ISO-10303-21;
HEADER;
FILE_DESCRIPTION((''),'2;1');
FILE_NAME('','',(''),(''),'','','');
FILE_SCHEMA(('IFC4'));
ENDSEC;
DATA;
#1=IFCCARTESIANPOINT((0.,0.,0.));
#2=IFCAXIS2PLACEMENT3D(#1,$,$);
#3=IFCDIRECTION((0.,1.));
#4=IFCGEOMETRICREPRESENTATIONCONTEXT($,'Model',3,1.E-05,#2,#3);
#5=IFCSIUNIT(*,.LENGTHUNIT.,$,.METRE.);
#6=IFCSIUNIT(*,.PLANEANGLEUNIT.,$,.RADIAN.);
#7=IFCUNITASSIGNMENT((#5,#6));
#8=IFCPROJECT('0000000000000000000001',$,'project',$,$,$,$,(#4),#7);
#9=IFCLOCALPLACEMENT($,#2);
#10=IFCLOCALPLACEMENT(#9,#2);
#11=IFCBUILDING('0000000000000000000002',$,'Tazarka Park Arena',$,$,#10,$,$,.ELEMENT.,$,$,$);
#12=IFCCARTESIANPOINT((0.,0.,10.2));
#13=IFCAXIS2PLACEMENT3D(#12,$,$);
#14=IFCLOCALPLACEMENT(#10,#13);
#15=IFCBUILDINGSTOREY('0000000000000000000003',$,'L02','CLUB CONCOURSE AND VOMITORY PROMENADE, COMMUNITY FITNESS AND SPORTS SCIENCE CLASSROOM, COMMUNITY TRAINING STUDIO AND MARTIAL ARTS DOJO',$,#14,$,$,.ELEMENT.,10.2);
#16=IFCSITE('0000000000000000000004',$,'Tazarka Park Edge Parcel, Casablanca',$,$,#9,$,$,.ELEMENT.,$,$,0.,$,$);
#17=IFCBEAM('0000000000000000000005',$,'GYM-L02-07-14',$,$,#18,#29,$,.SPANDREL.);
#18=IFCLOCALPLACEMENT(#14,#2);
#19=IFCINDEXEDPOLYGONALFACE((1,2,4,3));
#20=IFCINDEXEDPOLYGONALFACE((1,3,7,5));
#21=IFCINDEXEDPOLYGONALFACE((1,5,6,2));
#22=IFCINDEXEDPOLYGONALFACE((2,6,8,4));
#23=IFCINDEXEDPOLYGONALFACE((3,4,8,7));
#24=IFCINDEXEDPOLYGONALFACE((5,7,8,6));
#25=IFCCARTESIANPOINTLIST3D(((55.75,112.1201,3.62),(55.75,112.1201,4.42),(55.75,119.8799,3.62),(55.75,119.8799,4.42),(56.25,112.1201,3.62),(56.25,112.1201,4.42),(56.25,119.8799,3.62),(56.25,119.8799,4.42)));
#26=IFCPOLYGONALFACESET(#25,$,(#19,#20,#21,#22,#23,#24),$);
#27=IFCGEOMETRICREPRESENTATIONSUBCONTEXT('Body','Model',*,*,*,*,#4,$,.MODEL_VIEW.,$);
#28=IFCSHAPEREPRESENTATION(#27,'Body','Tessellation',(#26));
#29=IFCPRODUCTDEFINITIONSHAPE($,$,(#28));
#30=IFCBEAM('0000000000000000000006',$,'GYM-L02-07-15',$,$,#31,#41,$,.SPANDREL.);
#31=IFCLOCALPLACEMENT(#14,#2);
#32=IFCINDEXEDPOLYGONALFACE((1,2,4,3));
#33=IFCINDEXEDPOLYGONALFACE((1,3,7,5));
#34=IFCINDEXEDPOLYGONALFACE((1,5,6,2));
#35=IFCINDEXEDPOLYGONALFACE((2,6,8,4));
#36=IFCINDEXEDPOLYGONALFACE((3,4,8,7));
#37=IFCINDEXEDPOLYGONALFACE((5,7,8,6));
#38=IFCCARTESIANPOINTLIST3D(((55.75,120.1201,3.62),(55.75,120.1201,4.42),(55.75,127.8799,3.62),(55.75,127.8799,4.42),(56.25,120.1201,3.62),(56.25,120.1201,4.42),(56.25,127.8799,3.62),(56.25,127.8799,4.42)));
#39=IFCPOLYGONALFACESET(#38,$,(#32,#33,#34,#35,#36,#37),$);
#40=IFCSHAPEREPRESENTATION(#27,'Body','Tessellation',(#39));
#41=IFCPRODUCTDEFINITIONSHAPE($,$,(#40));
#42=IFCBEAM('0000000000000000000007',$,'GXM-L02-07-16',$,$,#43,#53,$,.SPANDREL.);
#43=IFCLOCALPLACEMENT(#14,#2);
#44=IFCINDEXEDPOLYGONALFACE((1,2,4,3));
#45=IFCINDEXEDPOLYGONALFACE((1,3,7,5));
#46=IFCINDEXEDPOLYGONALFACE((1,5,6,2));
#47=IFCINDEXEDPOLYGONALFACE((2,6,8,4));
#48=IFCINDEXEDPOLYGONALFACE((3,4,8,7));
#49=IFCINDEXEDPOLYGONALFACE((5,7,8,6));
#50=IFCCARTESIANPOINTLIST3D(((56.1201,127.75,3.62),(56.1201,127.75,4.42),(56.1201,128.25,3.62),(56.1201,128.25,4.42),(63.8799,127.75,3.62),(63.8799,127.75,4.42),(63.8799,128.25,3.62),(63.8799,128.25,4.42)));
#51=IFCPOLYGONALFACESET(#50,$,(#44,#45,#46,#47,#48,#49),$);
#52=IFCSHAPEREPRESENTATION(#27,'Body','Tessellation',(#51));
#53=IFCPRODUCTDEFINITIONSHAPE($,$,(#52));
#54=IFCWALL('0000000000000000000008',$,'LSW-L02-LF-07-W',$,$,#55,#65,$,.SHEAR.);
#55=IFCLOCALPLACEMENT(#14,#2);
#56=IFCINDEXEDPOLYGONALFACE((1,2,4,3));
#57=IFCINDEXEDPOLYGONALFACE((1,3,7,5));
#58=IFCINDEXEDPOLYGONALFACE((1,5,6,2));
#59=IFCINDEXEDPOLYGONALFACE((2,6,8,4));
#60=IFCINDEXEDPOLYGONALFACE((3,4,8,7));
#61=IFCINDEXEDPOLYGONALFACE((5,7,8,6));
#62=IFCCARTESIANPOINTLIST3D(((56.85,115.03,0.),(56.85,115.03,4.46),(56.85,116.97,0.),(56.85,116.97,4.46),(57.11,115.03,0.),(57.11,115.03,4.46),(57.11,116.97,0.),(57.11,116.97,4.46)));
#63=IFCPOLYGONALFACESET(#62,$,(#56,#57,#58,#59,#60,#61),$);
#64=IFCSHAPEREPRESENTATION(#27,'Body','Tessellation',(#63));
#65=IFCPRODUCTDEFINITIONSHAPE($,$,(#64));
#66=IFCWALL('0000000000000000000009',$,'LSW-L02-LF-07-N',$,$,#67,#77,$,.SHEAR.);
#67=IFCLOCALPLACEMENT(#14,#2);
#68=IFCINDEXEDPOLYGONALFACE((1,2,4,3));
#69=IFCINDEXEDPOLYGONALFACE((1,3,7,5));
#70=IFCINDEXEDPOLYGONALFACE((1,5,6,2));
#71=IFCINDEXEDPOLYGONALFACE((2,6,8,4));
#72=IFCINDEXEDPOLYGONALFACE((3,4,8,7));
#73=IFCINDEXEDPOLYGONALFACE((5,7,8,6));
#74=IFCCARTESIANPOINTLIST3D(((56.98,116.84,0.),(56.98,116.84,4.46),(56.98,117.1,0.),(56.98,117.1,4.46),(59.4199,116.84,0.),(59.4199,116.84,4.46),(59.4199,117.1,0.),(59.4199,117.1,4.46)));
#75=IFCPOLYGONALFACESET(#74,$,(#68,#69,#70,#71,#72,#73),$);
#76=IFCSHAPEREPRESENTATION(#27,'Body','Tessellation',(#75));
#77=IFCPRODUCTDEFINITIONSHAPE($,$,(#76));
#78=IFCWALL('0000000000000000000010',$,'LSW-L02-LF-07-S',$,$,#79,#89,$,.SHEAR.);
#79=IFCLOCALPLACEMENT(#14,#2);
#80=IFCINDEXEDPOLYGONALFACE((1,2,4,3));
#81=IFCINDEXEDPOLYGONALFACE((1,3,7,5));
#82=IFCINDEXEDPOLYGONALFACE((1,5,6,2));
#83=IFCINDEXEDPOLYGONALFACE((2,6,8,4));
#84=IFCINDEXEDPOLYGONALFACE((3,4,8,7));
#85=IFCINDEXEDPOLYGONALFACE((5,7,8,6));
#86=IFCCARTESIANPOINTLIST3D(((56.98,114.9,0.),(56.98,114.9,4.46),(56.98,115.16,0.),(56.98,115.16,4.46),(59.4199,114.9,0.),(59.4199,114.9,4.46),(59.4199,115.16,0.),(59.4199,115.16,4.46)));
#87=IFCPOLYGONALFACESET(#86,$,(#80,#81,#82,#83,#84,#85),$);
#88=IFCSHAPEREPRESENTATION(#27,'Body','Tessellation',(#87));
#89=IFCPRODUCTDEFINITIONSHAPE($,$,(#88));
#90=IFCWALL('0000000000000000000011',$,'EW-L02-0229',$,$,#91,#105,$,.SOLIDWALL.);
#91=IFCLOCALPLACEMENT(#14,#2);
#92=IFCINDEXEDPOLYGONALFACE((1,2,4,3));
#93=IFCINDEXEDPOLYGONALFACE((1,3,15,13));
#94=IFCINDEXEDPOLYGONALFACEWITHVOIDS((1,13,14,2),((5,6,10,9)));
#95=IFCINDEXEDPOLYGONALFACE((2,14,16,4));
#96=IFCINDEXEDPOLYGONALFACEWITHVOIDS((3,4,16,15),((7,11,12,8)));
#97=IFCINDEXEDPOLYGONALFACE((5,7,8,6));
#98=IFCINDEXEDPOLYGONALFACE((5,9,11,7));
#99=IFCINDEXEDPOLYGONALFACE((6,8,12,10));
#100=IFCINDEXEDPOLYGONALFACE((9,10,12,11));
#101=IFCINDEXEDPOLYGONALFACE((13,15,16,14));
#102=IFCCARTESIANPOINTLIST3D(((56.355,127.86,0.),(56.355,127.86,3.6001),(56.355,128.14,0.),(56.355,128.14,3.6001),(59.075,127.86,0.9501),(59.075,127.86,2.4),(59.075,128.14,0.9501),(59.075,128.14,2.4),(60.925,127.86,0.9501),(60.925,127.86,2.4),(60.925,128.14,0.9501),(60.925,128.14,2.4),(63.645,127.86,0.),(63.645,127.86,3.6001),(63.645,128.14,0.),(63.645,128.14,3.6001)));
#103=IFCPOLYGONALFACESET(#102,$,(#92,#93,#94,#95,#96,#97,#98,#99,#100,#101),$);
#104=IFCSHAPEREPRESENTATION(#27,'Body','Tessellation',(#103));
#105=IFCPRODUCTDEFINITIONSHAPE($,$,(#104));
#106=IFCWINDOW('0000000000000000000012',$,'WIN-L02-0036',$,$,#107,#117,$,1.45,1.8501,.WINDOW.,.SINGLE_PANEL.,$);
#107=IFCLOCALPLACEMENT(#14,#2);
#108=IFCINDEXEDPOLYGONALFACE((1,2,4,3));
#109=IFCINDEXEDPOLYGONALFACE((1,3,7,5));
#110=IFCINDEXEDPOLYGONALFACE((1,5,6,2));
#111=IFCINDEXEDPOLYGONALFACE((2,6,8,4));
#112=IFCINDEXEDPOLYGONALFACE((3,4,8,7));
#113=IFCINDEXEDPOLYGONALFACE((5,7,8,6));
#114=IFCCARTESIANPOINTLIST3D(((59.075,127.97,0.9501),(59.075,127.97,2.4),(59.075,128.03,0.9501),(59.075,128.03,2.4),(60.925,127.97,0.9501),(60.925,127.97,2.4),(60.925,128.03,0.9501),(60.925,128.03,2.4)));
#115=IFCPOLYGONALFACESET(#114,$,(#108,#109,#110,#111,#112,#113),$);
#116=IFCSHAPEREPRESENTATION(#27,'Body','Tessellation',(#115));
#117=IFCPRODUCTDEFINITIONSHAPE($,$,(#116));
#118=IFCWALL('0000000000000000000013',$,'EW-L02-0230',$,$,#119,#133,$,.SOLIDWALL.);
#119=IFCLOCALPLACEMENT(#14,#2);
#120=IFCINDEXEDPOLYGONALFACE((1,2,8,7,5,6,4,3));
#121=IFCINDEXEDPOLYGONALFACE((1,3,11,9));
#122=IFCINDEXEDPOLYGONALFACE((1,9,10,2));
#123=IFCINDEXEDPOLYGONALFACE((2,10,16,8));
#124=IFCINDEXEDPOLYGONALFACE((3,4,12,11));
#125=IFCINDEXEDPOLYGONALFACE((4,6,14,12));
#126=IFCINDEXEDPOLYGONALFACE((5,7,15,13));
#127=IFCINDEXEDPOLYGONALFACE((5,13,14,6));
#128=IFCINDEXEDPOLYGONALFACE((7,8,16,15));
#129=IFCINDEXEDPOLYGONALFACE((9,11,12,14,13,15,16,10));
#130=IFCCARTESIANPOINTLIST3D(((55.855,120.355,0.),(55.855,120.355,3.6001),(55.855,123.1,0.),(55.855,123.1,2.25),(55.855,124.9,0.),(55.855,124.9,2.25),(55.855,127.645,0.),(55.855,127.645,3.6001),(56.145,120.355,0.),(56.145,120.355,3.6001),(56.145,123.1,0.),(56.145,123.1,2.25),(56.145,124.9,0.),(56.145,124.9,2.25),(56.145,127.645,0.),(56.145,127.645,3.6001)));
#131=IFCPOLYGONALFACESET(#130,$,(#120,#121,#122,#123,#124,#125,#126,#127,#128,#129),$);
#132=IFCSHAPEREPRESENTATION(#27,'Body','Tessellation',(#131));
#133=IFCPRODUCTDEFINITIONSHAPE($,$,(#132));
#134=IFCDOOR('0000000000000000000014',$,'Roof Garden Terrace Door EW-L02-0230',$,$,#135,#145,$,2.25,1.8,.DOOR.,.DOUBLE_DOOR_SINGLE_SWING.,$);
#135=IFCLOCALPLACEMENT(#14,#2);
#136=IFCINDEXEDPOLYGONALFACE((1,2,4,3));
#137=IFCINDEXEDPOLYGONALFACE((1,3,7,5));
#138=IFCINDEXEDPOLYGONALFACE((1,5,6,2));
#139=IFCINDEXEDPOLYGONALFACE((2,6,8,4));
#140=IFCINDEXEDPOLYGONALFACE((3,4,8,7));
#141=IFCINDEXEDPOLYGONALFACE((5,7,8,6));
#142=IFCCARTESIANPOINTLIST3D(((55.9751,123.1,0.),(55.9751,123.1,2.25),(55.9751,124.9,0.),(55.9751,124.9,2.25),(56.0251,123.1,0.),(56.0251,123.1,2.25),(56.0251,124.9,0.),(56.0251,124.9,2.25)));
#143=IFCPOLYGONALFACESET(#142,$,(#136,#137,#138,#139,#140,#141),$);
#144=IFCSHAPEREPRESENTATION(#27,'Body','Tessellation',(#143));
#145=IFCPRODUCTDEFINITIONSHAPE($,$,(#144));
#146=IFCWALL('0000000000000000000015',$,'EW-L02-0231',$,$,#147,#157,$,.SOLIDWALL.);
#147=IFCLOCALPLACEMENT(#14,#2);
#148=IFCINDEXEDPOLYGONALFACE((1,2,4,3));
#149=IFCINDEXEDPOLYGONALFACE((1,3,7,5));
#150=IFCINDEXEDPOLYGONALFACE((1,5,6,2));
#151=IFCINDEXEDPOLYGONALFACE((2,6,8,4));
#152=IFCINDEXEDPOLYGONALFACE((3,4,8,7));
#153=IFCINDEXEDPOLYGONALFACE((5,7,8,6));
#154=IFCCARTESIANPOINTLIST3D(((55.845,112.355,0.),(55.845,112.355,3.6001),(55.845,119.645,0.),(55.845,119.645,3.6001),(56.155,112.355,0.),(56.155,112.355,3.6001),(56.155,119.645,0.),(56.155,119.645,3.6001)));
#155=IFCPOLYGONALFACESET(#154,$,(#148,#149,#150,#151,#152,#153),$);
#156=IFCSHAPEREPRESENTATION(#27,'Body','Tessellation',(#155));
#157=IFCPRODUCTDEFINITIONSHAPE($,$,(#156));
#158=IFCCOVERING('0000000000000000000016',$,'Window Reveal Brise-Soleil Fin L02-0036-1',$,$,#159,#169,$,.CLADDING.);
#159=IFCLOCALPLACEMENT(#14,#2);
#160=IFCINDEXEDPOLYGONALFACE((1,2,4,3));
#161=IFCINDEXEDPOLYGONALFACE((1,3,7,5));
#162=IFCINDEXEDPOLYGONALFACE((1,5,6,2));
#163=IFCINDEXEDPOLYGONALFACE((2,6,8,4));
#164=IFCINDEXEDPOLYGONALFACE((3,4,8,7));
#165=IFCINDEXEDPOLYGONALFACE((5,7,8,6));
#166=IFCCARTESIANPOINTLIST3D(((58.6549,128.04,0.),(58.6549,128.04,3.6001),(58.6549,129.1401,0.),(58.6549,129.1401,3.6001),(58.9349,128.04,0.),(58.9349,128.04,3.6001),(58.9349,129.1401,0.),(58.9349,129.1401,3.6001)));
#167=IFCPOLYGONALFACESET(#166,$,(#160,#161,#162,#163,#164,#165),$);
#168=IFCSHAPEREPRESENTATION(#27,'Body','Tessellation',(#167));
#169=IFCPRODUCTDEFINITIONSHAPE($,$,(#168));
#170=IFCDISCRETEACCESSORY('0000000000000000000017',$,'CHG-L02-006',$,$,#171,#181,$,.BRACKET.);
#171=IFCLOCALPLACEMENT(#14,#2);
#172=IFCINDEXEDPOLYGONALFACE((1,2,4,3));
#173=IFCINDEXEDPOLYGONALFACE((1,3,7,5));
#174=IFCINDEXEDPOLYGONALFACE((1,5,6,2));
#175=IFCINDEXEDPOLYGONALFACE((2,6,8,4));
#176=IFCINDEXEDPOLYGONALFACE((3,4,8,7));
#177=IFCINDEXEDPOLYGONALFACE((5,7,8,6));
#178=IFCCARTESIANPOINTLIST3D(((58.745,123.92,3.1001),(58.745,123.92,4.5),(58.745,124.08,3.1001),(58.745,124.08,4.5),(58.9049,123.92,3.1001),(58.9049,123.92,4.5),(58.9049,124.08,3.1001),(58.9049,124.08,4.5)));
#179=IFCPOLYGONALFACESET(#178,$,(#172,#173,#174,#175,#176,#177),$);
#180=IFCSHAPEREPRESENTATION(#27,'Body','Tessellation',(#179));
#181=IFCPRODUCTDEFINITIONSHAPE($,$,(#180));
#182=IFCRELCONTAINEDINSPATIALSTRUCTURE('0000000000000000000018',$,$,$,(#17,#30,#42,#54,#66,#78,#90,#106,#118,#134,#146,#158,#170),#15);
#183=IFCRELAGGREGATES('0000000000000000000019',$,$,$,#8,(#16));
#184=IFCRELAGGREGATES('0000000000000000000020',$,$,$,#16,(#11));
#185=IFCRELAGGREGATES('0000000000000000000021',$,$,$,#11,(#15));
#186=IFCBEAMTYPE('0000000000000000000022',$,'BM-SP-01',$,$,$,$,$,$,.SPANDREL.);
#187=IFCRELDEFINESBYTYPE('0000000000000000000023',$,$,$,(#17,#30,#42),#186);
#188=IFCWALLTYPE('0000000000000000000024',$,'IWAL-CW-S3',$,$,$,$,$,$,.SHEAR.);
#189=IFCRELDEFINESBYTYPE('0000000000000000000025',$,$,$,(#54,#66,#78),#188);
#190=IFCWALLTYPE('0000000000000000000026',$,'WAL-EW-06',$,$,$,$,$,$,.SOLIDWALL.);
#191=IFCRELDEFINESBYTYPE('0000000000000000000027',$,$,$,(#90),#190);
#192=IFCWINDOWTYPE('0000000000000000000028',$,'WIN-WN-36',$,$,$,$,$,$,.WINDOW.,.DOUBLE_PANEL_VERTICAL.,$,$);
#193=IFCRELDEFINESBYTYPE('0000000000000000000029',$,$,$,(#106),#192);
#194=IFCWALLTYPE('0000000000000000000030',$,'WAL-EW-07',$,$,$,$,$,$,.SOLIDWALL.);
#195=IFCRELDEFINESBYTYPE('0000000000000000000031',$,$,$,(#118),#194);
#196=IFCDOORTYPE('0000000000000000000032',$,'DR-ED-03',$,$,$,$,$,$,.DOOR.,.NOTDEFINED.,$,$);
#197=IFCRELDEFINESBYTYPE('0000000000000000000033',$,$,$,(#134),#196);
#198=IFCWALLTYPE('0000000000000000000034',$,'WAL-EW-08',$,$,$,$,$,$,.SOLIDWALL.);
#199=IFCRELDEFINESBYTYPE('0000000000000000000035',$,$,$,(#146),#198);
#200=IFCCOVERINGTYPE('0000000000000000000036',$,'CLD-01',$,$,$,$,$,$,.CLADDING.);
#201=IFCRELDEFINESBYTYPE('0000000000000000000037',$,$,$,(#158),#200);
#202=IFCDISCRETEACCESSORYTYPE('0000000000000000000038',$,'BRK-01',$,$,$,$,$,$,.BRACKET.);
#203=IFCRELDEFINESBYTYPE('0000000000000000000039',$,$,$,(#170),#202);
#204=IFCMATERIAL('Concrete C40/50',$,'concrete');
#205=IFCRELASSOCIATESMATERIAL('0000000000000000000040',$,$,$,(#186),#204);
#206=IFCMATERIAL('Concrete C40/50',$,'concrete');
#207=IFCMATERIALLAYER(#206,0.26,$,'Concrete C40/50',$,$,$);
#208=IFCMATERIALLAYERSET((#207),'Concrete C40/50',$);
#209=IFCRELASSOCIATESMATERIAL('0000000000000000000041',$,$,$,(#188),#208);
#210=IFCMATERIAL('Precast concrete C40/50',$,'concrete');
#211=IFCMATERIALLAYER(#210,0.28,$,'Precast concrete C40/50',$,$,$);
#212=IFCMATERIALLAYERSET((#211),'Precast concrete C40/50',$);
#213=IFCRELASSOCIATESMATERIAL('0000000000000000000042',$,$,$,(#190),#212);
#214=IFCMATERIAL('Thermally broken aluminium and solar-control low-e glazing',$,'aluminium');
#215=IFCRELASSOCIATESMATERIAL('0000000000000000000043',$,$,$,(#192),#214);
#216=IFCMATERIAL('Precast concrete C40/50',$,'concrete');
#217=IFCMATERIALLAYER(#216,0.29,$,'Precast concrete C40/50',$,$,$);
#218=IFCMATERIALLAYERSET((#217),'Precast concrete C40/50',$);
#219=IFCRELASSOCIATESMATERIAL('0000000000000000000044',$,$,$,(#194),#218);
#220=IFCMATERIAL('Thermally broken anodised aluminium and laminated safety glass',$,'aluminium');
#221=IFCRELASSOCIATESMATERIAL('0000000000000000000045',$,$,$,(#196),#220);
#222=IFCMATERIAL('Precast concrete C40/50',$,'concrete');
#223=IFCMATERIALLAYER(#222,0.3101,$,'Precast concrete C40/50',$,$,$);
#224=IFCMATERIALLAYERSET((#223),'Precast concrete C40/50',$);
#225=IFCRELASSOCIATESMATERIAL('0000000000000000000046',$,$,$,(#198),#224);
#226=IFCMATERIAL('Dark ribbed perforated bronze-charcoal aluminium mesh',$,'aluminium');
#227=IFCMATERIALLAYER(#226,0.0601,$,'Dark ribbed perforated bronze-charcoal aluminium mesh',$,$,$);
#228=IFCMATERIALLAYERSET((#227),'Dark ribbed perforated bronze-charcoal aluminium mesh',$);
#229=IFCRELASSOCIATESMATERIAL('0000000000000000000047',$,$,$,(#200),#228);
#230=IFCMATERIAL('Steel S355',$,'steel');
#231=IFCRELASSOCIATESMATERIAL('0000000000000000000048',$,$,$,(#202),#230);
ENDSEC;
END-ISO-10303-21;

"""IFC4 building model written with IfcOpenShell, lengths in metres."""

from ifc_helpers import new_model, si_unit, direction, frame, frame_2d, origin, origin_2d, place, context, subcontext, project, spatial, rectangle, extrude, material, layer, layer_set, material_profile, profile_set, type_object, element, fill, save


model = new_model("IFC4")

# Units and contexts
model_context = context("Model", 3, precision=1e-05, world=origin(), true_north=direction((0.0, 1.0)))
body_context = subcontext(model_context, "Body", "Model", "MODEL_VIEW")
ifc_project = project(units=[si_unit("LENGTHUNIT", "METRE"), si_unit("PLANEANGLEUNIT", "RADIAN")], contexts=[model_context])

# Site, building, storey
site_placement = place(None, origin())
site = spatial("IfcSite", under=ifc_project, at=site_placement, Name="Tazarka Park Edge Parcel, Casablanca", CompositionType="ELEMENT", RefElevation=0.0)
building_placement = place(site_placement, origin())
building = spatial("IfcBuilding", under=site, at=building_placement, Name="Tazarka Park Arena", CompositionType="ELEMENT")
storey_placement = place(building_placement, frame((0.0, 0.0, 10.2)))
storey = spatial("IfcBuildingStorey", under=building, at=storey_placement, Name="L02", Description="CLUB CONCOURSE AND VOMITORY PROMENADE, COMMUNITY FITNESS AND SPORTS SCIENCE CLASSROOM, COMMUNITY TRAINING STUDIO AND MARTIAL ARTS DOJO", CompositionType="ELEMENT", Elevation=10.2)

# Beams
ifc_material_1 = material(Name="Concrete C40/50", Category="concrete")
ifc_material_profile_1 = material_profile(ifc_material_1, rectangle(XDim=0.5, YDim=0.8, at=origin_2d()), Name="Concrete C40/50")
ifc_profile_set_1 = profile_set([ifc_material_profile_1], Name="Concrete C40/50")
beam_type_1 = type_object("IfcBeamType", Name="BM-SP-01", PredefinedType="SPANDREL", material=ifc_profile_set_1)
for number, where, z_axis, x_axis, name in (
    (1, (56.0, 112.1201, 4.02), (0.0, 1.0, 0.0), (-1.0, 0.0, 0.0), "GYM-L02-07-14"),
    (2, (56.0, 120.1201, 4.02), (0.0, 1.0, 0.0), (-1.0, 0.0, 0.0), "GYM-L02-07-15"),
    (3, (56.1201, 128.0, 4.02), (1.0, 0.0, 0.0), (0.0, 1.0, 0.0), "GXM-L02-07-16"),
):
    element("IfcBeam", number, at=place(storey_placement, frame(where, z_axis=z_axis, x_axis=x_axis)), inside=storey, type_object=beam_type_1, Name=name, PredefinedType="SPANDREL", context=body_context, shape_type="SweptSolid", body=[
        extrude(rectangle(XDim=0.5, YDim=0.8, at=origin_2d()), origin(), (0.0, 0.0, 1.0), 7.7598),
    ])

# Walls
ifc_material_2 = material(Name="Concrete C40/50", Category="concrete")
ifc_layer_1 = layer(ifc_material_2, 0.26, Name="Concrete C40/50")
ifc_layer_set_1 = layer_set([ifc_layer_1], Name="Concrete C40/50")
wall_type_1 = type_object("IfcWallType", Name="IWAL-CW-S3", PredefinedType="SHEAR", material=ifc_layer_set_1)
wall_1_placement = place(storey_placement, frame((56.98, 115.03, 0.0), z_axis=(0.0, 0.0, 1.0), x_axis=(0.0, 1.0, 0.0)))
element("IfcWall", 4, at=wall_1_placement, inside=storey, type_object=wall_type_1, Name="LSW-L02-LF-07-W", PredefinedType="SHEAR", context=body_context, shape_type="SweptSolid", body=[
    extrude(rectangle(XDim=1.9399, YDim=0.26, at=frame_2d((0.97, 0.0))), origin(), (0.0, 0.0, 1.0), 4.46),
])
for number, where, z_axis, x_axis, name in (
    (5, (56.98, 116.97, 0.0), (0.0, 0.0, 1.0), (1.0, 0.0, 0.0), "LSW-L02-LF-07-N"),
    (6, (59.4199, 115.03, 0.0), (0.0, 0.0, 1.0), (-1.0, 0.0, 0.0), "LSW-L02-LF-07-S"),
):
    element("IfcWall", number, at=place(storey_placement, frame(where, z_axis=z_axis, x_axis=x_axis)), inside=storey, type_object=wall_type_1, Name=name, PredefinedType="SHEAR", context=body_context, shape_type="SweptSolid", body=[
        extrude(rectangle(XDim=2.4399, YDim=0.26, at=frame_2d((1.22, 0.0))), origin(), (0.0, 0.0, 1.0), 4.46),
    ])

# Wall, opening, window
ifc_material_3 = material(Name="Precast concrete C40/50", Category="concrete")
ifc_layer_2 = layer(ifc_material_3, 0.28, Name="Precast concrete C40/50")
ifc_layer_set_2 = layer_set([ifc_layer_2], Name="Precast concrete C40/50")
wall_type_2 = type_object("IfcWallType", Name="WAL-EW-06", PredefinedType="SOLIDWALL", material=ifc_layer_set_2)
wall_2_placement = place(storey_placement, frame((56.355, 128.0, 0.0), z_axis=(0.0, 0.0, 1.0), x_axis=(1.0, 0.0, 0.0)))
wall_2 = element("IfcWall", 7, at=wall_2_placement, inside=storey, type_object=wall_type_2, Name="EW-L02-0229", PredefinedType="SOLIDWALL", context=body_context, shape_type="SweptSolid", body=[
    extrude(rectangle(XDim=7.29, YDim=0.28, at=frame_2d((3.645, 0.0))), origin(), (0.0, 0.0, 1.0), 3.6001),
])
opening_1_placement = place(wall_2_placement, frame((2.72, 0.0, 0.95)))
opening_1 = element("IfcOpeningElement", 8, at=opening_1_placement, cuts=wall_2, PredefinedType="OPENING", context=body_context, shape_type="SweptSolid", body=[
    extrude(rectangle(XDim=1.8501, YDim=1.45, at=frame_2d((0.925, 0.7251))), frame((0.0, 0.1499, 0.0), z_axis=(0.0, -1.0, 0.0), x_axis=(1.0, 0.0, 0.0)), (0.0, 0.0, 1.0), 0.3),
])
ifc_material_4 = material(Name="Thermally broken aluminium and solar-control low-e glazing", Category="aluminium")
window_type = type_object("IfcWindowType", Name="WIN-WN-36", PartitioningType="DOUBLE_PANEL_VERTICAL", PredefinedType="WINDOW", material=ifc_material_4)
window_placement = place(opening_1_placement, origin())
window = element("IfcWindow", 9, at=window_placement, inside=storey, type_object=window_type, Name="WIN-L02-0036", OverallHeight=1.45, OverallWidth=1.8501, PartitioningType="SINGLE_PANEL", PredefinedType="WINDOW", context=body_context, shape_type="SweptSolid", body=[
    extrude(rectangle(XDim=1.8501, YDim=1.45, at=frame_2d((0.925, 0.7251))), frame((0.0, 0.03, 0.0), z_axis=(0.0, -1.0, 0.0), x_axis=(1.0, 0.0, 0.0)), (0.0, 0.0, 1.0), 0.0601),
])
fill(opening_1, window)

# Wall, opening, door
ifc_material_5 = material(Name="Precast concrete C40/50", Category="concrete")
ifc_layer_3 = layer(ifc_material_5, 0.29, Name="Precast concrete C40/50")
ifc_layer_set_3 = layer_set([ifc_layer_3], Name="Precast concrete C40/50")
wall_type_3 = type_object("IfcWallType", Name="WAL-EW-07", PredefinedType="SOLIDWALL", material=ifc_layer_set_3)
wall_3_placement = place(storey_placement, frame((56.0, 120.355, 0.0), z_axis=(0.0, 0.0, 1.0), x_axis=(0.0, 1.0, 0.0)))
wall_3 = element("IfcWall", 10, at=wall_3_placement, inside=storey, type_object=wall_type_3, Name="EW-L02-0230", PredefinedType="SOLIDWALL", context=body_context, shape_type="SweptSolid", body=[
    extrude(rectangle(XDim=7.29, YDim=0.29, at=frame_2d((3.645, 0.0))), origin(), (0.0, 0.0, 1.0), 3.6001),
])
opening_2_placement = place(wall_3_placement, frame((2.7451, 0.0, 0.0)))
opening_2 = element("IfcOpeningElement", 11, at=opening_2_placement, cuts=wall_3, PredefinedType="OPENING", context=body_context, shape_type="SweptSolid", body=[
    extrude(rectangle(XDim=1.8, YDim=2.25, at=frame_2d((0.8999, 1.125))), frame((0.0, 0.155, 0.0), z_axis=(0.0, -1.0, 0.0), x_axis=(1.0, 0.0, 0.0)), (0.0, 0.0, 1.0), 0.3101),
])
ifc_material_6 = material(Name="Thermally broken anodised aluminium and laminated safety glass", Category="aluminium")
door_type_1 = type_object("IfcDoorType", Name="DR-ED-03", OperationType="NOTDEFINED", PredefinedType="DOOR", material=ifc_material_6)
door_1_placement = place(opening_2_placement, origin())
door_1 = element("IfcDoor", 12, at=door_1_placement, inside=storey, type_object=door_type_1, Name="Roof Garden Terrace Door EW-L02-0230", OperationType="DOUBLE_DOOR_SINGLE_SWING", OverallHeight=2.25, OverallWidth=1.8, PredefinedType="DOOR", context=body_context, shape_type="SweptSolid", body=[
    extrude(rectangle(XDim=1.8, YDim=2.25, at=frame_2d((0.8999, 1.125))), frame((0.0, 0.0249, 0.0), z_axis=(0.0, -1.0, 0.0), x_axis=(1.0, 0.0, 0.0)), (0.0, 0.0, 1.0), 0.05),
])
fill(opening_2, door_1)

# Wall
ifc_material_7 = material(Name="Precast concrete C40/50", Category="concrete")
ifc_layer_4 = layer(ifc_material_7, 0.3101, Name="Precast concrete C40/50")
ifc_layer_set_4 = layer_set([ifc_layer_4], Name="Precast concrete C40/50")
wall_type_4 = type_object("IfcWallType", Name="WAL-EW-08", PredefinedType="SOLIDWALL", material=ifc_layer_set_4)
wall_4_placement = place(storey_placement, frame((56.0, 112.355, 0.0), z_axis=(0.0, 0.0, 1.0), x_axis=(0.0, 1.0, 0.0)))
element("IfcWall", 13, at=wall_4_placement, inside=storey, type_object=wall_type_4, Name="EW-L02-0231", PredefinedType="SOLIDWALL", context=body_context, shape_type="SweptSolid", body=[
    extrude(rectangle(XDim=7.29, YDim=0.3101, at=frame_2d((3.645, 0.0))), origin(), (0.0, 0.0, 1.0), 3.6001),
])

# Covering
ifc_material_8 = material(Name="Dark ribbed perforated bronze-charcoal aluminium mesh", Category="aluminium")
ifc_layer_5 = layer(ifc_material_8, 0.0601, Name="Dark ribbed perforated bronze-charcoal aluminium mesh")
ifc_layer_set_5 = layer_set([ifc_layer_5], Name="Dark ribbed perforated bronze-charcoal aluminium mesh")
covering_type = type_object("IfcCoveringType", Name="CLD-01", PredefinedType="CLADDING", material=ifc_layer_set_5)
covering_placement = place(storey_placement, frame((58.7949, 128.5901, 0.0), z_axis=(0.0, 0.0, 1.0), x_axis=(1.0, 0.0, 0.0)))
element("IfcCovering", 14, at=covering_placement, inside=storey, type_object=covering_type, Name="Window Reveal Brise-Soleil Fin L02-0036-1", PredefinedType="CLADDING", context=body_context, shape_type="SweptSolid", body=[
    extrude(rectangle(XDim=0.28, YDim=1.1001, at=origin_2d()), origin(), (0.0, 0.0, 1.0), 3.6001),
])

# Discrete accessory
ifc_material_9 = material(Name="Steel S355", Category="steel")
discrete_accessory_type = type_object("IfcDiscreteAccessoryType", Name="BRK-01", PredefinedType="BRACKET", material=ifc_material_9)
discrete_accessory_placement = place(storey_placement, frame((58.825, 124.0, 3.1001), z_axis=(0.0, 0.0, 1.0), x_axis=(1.0, 0.0, 0.0)))
element("IfcDiscreteAccessory", 15, at=discrete_accessory_placement, inside=storey, type_object=discrete_accessory_type, Name="CHG-L02-006", PredefinedType="BRACKET", context=body_context, shape_type="SweptSolid", body=[
    extrude(rectangle(XDim=0.1599, YDim=0.1599, at=origin_2d()), origin(), (0.0, 0.0, 1.0), 1.3999),
])

save(model, "model.ifc")
